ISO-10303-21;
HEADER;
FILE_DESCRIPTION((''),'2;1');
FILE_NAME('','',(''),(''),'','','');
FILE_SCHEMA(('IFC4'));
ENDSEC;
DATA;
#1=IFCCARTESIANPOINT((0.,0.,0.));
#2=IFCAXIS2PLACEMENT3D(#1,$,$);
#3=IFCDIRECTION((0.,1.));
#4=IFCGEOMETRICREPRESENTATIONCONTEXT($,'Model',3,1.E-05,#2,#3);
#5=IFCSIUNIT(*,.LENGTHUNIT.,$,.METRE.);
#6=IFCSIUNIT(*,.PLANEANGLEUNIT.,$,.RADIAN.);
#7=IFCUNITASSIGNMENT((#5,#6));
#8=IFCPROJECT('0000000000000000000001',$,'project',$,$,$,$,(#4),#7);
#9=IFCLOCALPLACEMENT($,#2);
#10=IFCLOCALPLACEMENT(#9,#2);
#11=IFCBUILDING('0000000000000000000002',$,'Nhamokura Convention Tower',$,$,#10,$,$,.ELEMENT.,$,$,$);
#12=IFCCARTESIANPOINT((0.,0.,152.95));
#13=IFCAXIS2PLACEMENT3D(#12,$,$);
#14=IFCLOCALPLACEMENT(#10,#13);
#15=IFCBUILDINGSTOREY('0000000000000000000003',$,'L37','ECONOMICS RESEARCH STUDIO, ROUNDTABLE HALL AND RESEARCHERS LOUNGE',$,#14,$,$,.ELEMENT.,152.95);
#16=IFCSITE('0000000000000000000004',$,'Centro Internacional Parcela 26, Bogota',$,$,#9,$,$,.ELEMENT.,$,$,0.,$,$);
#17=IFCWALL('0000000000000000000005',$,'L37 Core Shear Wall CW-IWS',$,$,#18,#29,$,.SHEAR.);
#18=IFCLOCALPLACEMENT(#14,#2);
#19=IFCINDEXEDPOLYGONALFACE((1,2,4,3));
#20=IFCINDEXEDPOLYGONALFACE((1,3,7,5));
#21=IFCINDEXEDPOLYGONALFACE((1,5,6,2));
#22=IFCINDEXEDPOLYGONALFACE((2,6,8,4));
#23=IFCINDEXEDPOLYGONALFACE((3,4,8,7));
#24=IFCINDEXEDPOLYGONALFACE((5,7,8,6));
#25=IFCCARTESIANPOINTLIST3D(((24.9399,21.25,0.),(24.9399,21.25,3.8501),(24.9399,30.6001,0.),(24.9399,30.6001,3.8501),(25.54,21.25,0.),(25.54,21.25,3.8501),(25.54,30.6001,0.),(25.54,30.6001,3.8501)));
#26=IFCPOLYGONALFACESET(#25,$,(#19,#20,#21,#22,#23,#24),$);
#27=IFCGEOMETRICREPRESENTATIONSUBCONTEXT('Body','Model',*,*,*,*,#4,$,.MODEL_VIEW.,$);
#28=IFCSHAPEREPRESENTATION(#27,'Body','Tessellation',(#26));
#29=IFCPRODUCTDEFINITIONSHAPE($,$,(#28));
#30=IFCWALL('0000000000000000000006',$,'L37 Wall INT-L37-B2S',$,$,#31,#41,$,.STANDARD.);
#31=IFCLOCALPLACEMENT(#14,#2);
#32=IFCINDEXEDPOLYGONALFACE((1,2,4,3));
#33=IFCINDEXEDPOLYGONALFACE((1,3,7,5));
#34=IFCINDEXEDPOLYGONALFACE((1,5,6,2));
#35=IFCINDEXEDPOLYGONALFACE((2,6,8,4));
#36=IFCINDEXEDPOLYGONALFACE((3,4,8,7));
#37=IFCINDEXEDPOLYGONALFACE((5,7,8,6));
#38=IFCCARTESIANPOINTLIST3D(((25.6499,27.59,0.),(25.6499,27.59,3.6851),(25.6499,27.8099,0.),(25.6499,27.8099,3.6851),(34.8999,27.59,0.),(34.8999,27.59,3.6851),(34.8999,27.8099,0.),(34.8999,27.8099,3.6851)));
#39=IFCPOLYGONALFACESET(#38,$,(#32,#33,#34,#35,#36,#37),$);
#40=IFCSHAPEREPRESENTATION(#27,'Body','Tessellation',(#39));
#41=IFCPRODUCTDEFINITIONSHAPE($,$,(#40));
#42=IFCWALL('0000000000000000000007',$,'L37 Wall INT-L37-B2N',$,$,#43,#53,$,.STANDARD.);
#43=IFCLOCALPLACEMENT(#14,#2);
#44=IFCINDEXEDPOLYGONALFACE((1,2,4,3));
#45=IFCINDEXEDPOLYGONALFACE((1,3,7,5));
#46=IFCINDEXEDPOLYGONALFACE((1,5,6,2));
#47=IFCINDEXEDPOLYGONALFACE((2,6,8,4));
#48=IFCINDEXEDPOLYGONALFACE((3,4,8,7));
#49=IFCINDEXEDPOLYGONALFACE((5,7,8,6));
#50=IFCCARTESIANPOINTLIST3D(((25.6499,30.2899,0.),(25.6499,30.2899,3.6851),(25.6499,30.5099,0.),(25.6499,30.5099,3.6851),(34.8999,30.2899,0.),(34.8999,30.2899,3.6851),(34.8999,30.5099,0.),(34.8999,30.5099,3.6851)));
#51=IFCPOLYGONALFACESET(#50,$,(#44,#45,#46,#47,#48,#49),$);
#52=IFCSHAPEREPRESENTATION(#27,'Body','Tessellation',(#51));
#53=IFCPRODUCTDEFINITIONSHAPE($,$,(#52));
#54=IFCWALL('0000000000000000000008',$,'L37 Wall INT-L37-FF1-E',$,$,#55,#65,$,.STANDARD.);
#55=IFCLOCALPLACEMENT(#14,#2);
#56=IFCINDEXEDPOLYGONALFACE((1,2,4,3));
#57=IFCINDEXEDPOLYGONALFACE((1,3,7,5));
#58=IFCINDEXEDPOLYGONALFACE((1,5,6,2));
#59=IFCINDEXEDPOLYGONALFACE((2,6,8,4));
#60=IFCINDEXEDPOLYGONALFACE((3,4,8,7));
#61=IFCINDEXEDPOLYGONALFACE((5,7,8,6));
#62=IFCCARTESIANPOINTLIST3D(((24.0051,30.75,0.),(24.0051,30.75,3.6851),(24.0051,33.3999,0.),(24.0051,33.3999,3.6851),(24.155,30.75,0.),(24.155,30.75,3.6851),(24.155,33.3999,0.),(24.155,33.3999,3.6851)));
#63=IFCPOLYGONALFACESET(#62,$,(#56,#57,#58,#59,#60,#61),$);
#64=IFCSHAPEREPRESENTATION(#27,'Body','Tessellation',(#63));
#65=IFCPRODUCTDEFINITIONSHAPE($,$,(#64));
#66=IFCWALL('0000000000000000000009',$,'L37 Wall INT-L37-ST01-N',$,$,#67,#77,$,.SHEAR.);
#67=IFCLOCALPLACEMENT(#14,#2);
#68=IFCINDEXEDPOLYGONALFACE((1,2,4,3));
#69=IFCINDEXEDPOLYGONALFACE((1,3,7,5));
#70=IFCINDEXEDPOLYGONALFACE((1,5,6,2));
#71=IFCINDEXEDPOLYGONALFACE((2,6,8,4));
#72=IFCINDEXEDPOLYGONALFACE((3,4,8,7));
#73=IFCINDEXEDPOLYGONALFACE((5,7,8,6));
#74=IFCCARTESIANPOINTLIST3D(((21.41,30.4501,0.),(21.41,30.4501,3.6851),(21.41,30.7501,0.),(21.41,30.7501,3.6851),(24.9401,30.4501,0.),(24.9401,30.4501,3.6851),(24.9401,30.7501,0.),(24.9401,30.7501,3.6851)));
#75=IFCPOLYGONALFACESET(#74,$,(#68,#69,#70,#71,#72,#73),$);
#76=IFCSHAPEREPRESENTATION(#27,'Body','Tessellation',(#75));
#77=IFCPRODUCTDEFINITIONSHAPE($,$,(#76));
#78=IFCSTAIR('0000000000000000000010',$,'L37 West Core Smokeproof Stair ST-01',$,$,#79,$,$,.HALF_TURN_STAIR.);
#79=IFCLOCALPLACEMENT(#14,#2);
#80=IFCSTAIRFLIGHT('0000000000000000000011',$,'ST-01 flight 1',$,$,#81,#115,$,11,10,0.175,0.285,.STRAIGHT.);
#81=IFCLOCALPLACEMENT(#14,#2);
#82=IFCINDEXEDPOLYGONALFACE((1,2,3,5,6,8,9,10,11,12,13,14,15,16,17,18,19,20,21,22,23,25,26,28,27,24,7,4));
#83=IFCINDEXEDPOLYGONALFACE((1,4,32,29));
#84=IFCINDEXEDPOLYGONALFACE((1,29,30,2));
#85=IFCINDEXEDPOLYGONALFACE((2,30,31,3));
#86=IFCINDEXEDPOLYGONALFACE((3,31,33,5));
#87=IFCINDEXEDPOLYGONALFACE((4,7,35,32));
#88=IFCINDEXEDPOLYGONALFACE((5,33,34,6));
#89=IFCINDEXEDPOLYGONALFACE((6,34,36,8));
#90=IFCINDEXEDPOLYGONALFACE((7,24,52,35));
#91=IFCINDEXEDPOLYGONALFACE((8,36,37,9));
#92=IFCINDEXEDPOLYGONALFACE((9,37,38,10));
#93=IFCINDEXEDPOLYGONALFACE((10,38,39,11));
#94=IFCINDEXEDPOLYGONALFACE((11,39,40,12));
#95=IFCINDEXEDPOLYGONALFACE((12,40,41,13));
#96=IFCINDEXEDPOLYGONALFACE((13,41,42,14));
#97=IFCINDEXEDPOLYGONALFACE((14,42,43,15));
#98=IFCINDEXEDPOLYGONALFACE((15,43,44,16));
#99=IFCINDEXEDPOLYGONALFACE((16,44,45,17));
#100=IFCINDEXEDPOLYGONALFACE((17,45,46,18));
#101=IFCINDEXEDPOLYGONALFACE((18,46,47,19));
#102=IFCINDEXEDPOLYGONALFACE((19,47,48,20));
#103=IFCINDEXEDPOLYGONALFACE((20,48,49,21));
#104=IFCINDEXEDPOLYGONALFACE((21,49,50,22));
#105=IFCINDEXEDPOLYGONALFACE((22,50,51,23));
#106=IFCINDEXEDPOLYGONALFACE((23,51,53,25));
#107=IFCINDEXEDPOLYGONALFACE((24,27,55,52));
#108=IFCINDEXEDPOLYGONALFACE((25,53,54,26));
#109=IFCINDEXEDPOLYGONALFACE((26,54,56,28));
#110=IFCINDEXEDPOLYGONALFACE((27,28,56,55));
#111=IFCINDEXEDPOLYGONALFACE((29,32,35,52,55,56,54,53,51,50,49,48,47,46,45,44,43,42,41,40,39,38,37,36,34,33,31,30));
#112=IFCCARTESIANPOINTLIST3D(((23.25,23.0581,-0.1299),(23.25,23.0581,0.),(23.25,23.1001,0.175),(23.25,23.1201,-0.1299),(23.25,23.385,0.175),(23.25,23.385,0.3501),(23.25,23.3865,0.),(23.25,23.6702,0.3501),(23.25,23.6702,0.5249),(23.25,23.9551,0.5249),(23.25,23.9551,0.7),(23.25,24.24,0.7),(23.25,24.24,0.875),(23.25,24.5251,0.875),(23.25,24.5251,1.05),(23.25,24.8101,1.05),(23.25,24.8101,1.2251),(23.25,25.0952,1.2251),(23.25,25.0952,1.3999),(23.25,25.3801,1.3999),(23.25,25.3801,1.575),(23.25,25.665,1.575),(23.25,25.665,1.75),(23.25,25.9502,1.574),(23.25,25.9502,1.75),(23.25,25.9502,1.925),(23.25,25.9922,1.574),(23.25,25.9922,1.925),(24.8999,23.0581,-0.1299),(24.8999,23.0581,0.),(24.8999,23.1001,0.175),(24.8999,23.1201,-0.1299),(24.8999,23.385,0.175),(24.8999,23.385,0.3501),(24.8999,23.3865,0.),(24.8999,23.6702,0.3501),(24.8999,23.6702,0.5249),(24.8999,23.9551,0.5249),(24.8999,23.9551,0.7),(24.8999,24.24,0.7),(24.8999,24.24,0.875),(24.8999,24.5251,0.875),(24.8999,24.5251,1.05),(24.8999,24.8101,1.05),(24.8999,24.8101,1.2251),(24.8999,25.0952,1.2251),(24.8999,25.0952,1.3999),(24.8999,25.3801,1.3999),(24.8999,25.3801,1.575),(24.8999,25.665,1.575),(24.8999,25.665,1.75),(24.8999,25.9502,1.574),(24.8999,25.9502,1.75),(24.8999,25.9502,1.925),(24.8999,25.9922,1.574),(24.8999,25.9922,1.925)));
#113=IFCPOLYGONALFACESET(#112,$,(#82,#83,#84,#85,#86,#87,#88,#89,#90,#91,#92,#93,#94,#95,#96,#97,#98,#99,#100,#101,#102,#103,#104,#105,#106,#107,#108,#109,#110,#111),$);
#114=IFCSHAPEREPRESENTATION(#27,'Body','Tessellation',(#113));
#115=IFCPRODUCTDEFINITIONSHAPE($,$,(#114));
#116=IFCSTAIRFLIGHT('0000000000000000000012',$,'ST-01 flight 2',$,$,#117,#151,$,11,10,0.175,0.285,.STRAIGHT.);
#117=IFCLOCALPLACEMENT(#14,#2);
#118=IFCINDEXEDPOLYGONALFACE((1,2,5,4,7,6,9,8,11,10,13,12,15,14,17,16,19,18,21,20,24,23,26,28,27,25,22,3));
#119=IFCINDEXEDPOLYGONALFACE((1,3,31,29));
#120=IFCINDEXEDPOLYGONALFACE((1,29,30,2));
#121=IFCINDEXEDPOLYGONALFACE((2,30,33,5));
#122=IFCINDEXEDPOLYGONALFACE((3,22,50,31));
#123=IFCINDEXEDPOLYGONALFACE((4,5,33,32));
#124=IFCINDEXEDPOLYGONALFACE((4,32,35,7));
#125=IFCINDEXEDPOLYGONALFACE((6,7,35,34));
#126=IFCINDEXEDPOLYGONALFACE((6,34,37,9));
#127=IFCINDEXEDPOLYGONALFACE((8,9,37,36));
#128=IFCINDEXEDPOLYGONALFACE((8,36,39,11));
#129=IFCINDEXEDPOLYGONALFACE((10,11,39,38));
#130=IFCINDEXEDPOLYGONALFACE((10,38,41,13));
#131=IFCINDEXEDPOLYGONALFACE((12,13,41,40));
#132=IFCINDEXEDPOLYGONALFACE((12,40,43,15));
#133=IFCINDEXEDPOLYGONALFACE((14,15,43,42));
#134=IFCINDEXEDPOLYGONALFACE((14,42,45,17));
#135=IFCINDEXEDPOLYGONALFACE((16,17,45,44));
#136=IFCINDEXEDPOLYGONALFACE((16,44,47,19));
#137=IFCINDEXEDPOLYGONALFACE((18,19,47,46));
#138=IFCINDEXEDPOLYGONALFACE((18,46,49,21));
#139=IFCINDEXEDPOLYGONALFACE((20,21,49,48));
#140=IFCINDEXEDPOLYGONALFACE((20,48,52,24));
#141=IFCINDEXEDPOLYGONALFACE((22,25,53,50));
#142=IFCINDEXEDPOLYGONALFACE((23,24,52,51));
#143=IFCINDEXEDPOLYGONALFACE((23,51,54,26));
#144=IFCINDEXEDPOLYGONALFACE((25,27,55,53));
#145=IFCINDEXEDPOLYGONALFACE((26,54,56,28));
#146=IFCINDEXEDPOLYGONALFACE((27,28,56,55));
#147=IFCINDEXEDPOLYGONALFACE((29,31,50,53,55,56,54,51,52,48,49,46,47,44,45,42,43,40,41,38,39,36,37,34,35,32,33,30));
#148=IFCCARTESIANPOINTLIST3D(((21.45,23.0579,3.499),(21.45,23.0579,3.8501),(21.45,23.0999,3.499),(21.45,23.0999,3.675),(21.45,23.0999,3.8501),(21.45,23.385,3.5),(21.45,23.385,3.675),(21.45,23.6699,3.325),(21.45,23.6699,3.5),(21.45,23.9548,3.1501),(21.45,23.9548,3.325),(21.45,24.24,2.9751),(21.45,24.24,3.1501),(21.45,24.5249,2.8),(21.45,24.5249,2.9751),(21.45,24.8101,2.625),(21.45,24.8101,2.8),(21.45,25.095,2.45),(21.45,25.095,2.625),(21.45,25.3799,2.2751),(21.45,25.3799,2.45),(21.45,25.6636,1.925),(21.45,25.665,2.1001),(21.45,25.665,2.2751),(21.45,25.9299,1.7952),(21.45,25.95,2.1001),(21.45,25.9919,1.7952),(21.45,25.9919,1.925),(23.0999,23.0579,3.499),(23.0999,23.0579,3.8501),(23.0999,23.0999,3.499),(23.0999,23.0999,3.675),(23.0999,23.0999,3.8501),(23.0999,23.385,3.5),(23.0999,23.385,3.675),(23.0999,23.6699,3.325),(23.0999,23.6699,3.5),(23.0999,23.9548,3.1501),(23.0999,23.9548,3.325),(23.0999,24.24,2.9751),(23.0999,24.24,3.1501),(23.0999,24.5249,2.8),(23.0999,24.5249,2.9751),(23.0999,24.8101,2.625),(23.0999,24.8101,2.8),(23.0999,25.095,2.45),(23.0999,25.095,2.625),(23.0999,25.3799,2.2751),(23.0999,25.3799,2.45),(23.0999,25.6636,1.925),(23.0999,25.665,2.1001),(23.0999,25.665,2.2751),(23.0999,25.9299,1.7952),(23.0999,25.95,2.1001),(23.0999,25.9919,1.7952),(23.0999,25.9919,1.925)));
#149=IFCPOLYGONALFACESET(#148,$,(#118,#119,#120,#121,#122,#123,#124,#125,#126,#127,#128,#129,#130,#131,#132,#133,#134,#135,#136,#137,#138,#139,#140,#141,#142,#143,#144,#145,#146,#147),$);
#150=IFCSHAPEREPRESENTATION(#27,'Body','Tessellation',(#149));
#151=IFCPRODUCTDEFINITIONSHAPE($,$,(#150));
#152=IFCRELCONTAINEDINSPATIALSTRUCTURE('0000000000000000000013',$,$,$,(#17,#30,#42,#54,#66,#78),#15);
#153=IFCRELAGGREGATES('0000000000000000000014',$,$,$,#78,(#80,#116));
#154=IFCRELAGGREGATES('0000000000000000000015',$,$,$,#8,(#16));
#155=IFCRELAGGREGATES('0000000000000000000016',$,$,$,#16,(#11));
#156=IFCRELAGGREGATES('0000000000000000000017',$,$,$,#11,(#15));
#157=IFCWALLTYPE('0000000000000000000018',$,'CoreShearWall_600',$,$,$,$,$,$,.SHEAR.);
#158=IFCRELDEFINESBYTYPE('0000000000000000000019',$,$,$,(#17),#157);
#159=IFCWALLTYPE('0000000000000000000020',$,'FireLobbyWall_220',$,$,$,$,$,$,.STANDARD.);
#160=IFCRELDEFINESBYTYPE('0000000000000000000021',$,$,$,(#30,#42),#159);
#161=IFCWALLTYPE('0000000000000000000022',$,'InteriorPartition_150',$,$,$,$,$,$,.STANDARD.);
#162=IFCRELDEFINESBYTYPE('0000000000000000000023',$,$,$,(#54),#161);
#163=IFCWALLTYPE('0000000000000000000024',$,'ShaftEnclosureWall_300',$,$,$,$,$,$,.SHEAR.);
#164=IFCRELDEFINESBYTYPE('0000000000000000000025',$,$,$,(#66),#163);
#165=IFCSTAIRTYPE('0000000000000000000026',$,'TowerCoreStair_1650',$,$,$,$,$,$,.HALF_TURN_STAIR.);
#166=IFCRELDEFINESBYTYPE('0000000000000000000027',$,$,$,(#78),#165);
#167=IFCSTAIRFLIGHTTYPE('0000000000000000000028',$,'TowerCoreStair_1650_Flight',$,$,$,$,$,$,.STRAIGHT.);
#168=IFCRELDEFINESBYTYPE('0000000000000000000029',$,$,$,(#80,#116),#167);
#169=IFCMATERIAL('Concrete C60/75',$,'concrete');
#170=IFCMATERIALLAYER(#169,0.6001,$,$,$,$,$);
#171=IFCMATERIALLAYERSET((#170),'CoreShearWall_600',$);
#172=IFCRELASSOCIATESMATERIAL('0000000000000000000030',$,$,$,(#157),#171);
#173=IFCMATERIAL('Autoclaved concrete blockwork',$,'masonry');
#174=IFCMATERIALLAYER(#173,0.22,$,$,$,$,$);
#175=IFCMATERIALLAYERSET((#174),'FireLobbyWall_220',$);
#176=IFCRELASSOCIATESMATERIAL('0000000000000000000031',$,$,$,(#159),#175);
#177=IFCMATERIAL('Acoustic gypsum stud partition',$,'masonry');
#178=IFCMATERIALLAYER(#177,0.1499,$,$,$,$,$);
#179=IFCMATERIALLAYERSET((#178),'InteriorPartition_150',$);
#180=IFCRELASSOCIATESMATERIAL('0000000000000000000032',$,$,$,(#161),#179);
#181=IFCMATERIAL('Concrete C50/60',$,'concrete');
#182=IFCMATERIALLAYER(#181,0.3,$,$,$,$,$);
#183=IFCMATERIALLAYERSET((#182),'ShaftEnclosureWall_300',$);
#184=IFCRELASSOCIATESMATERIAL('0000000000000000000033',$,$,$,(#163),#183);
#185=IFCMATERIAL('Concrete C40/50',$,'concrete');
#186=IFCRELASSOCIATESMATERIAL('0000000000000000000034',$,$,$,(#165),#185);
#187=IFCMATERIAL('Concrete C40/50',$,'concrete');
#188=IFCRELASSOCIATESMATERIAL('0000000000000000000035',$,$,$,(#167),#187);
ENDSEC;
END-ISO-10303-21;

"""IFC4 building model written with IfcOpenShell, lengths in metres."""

from ifc_helpers import new_model, si_unit, direction, frame, frame_2d, origin, place, context, subcontext, project, spatial, polyline, rectangle, outline, extrude, material, layer, layer_set, type_object, element, aggregate, save


model = new_model("IFC4")

# Units and contexts
model_context = context("Model", 3, precision=1e-05, world=origin(), true_north=direction((0.0, 1.0)))
body_context = subcontext(model_context, "Body", "Model", "MODEL_VIEW")
ifc_project = project(units=[si_unit("LENGTHUNIT", "METRE"), si_unit("PLANEANGLEUNIT", "RADIAN")], contexts=[model_context])

# Site, building, storey
site_placement = place(None, origin())
site = spatial("IfcSite", under=ifc_project, at=site_placement, Name="Centro Internacional Parcela 26, Bogota", CompositionType="ELEMENT", RefElevation=0.0)
building_placement = place(site_placement, origin())
building = spatial("IfcBuilding", under=site, at=building_placement, Name="Nhamokura Convention Tower", CompositionType="ELEMENT")
storey_placement = place(building_placement, frame((0.0, 0.0, 152.95)))
storey = spatial("IfcBuildingStorey", under=building, at=storey_placement, Name="L37", Description="ECONOMICS RESEARCH STUDIO, ROUNDTABLE HALL AND RESEARCHERS LOUNGE", CompositionType="ELEMENT", Elevation=152.95)

# Wall
ifc_material_1 = material(Name="Concrete C60/75", Category="concrete")
ifc_layer_1 = layer(ifc_material_1, 0.6001)
ifc_layer_set_1 = layer_set([ifc_layer_1], Name="CoreShearWall_600")
wall_type_1 = type_object("IfcWallType", Name="CoreShearWall_600", PredefinedType="SHEAR", material=ifc_layer_set_1)
wall_1_placement = place(storey_placement, frame((25.24, 21.25, 0.0), z_axis=(0.0, 0.0, 1.0), x_axis=(0.0, 1.0, 0.0)))
element("IfcWall", 1, at=wall_1_placement, inside=storey, type_object=wall_type_1, Name="L37 Core Shear Wall CW-IWS", PredefinedType="SHEAR", context=body_context, shape_type="SweptSolid", body=[
    extrude(rectangle(XDim=9.3501, YDim=0.6001, at=frame_2d((4.675, 0.0))), origin(), (0.0, 0.0, 1.0), 3.8501),
])

# Shared definitions
ifc_material_2 = material(Name="Autoclaved concrete blockwork", Category="masonry")
ifc_layer_2 = layer(ifc_material_2, 0.22)
ifc_layer_set_2 = layer_set([ifc_layer_2], Name="FireLobbyWall_220")
wall_type_2 = type_object("IfcWallType", Name="FireLobbyWall_220", PredefinedType="STANDARD", material=ifc_layer_set_2)

# Walls
for number, where, z_axis, x_axis, name in (
    (2, (25.6499, 27.7, 0.0), (0.0, 0.0, 1.0), (1.0, 0.0, 0.0), "L37 Wall INT-L37-B2S"),
    (3, (25.6499, 30.3999, 0.0), (0.0, 0.0, 1.0), (1.0, 0.0, 0.0), "L37 Wall INT-L37-B2N"),
):
    element("IfcWall", number, at=place(storey_placement, frame(where, z_axis=z_axis, x_axis=x_axis)), inside=storey, type_object=wall_type_2, Name=name, PredefinedType="STANDARD", context=body_context, shape_type="SweptSolid", body=[
        extrude(rectangle(XDim=9.25, YDim=0.22, at=frame_2d((4.625, 0.0))), origin(), (0.0, 0.0, 1.0), 3.6851),
    ])
ifc_material_3 = material(Name="Acoustic gypsum stud partition", Category="masonry")
ifc_layer_3 = layer(ifc_material_3, 0.1499)
ifc_layer_set_3 = layer_set([ifc_layer_3], Name="InteriorPartition_150")
wall_type_3 = type_object("IfcWallType", Name="InteriorPartition_150", PredefinedType="STANDARD", material=ifc_layer_set_3)
wall_2_placement = place(storey_placement, frame((24.0801, 30.75, 0.0), z_axis=(0.0, 0.0, 1.0), x_axis=(0.0, 1.0, 0.0)))
element("IfcWall", 4, at=wall_2_placement, inside=storey, type_object=wall_type_3, Name="L37 Wall INT-L37-FF1-E", PredefinedType="STANDARD", context=body_context, shape_type="SweptSolid", body=[
    extrude(rectangle(XDim=2.6499, YDim=0.1499, at=frame_2d((1.325, 0.0))), origin(), (0.0, 0.0, 1.0), 3.6851),
])
ifc_material_4 = material(Name="Concrete C50/60", Category="concrete")
ifc_layer_4 = layer(ifc_material_4, 0.3)
ifc_layer_set_4 = layer_set([ifc_layer_4], Name="ShaftEnclosureWall_300")
wall_type_4 = type_object("IfcWallType", Name="ShaftEnclosureWall_300", PredefinedType="SHEAR", material=ifc_layer_set_4)
wall_3_placement = place(storey_placement, frame((21.4099, 30.6001, 0.0), z_axis=(0.0, 0.0, 1.0), x_axis=(1.0, 0.0, 0.0)))
element("IfcWall", 5, at=wall_3_placement, inside=storey, type_object=wall_type_4, Name="L37 Wall INT-L37-ST01-N", PredefinedType="SHEAR", context=body_context, shape_type="SweptSolid", body=[
    extrude(rectangle(XDim=3.53, YDim=0.3, at=frame_2d((1.7651, 0.0))), origin(), (0.0, 0.0, 1.0), 3.6851),
])

# Stair, stair flights
ifc_material_5 = material(Name="Concrete C40/50", Category="concrete")
stair_type = type_object("IfcStairType", Name="TowerCoreStair_1650", PredefinedType="HALF_TURN_STAIR", material=ifc_material_5)
stair_placement = place(storey_placement, origin())
stair = element("IfcStair", 6, at=stair_placement, inside=storey, type_object=stair_type, Name="L37 West Core Smokeproof Stair ST-01", PredefinedType="HALF_TURN_STAIR")
ifc_material_6 = material(Name="Concrete C40/50", Category="concrete")
stair_flight_type = type_object("IfcStairFlightType", Name="TowerCoreStair_1650_Flight", PredefinedType="STRAIGHT", material=ifc_material_6)
stair_flight_1_placement = place(storey_placement, frame((24.075, 23.1001, 0.0), z_axis=(0.0, 0.0, 1.0), x_axis=(0.0, 1.0, 0.0)))
stair_flight_1 = element("IfcStairFlight", 7, at=stair_flight_1_placement, type_object=stair_flight_type, Name="ST-01 flight 1", NumberOfRisers=11, NumberOfTreads=10, PredefinedType="STRAIGHT", RiserHeight=0.175, TreadLength=0.285, context=body_context, shape_type="SweptSolid", body=[
    extrude(outline(polyline([(-0.042, 0.0), (0.0, 0.175), (0.2849, 0.175), (0.2849, 0.3501), (0.5701, 0.3501), (0.5701, 0.5249), (0.855, 0.5249), (0.855, 0.7), (1.1399, 0.7), (1.1399, 0.875), (1.425, 0.875), (1.425, 1.05), (1.71, 1.05), (1.71, 1.2251), (1.9951, 1.2251), (1.9951, 1.3999), (2.28, 1.3999), (2.28, 1.575), (2.5649, 1.575), (2.5649, 1.75), (2.8501, 1.75), (2.8501, 1.925), (2.8921, 1.925), (2.8921, 1.574), (2.8501, 1.574), (0.2864, 0.0), (0.02, -0.1299), (-0.042, -0.1299), (-0.042, 0.0)])), frame((0.0, 0.825, 0.0), z_axis=(0.0, -1.0, 0.0), x_axis=(1.0, 0.0, 0.0)), (0.0, 0.0, 1.0), 1.6499),
])
stair_flight_2_placement = place(storey_placement, frame((22.2749, 25.95, 1.925), z_axis=(0.0, 0.0, 1.0), x_axis=(0.0, -1.0, 0.0)))
stair_flight_2 = element("IfcStairFlight", 8, at=stair_flight_2_placement, type_object=stair_flight_type, Name="ST-01 flight 2", NumberOfRisers=11, NumberOfTreads=10, PredefinedType="STRAIGHT", RiserHeight=0.175, TreadLength=0.285, context=body_context, shape_type="SweptSolid", body=[
    extrude(outline(polyline([(-0.042, 0.0), (0.0, 0.175), (0.2849, 0.175), (0.2849, 0.3501), (0.5701, 0.3501), (0.5701, 0.5249), (0.855, 0.5249), (0.855, 0.7), (1.1399, 0.7), (1.1399, 0.875), (1.425, 0.875), (1.425, 1.05), (1.71, 1.05), (1.71, 1.2251), (1.9951, 1.2251), (1.9951, 1.3999), (2.28, 1.3999), (2.28, 1.575), (2.5649, 1.575), (2.5649, 1.75), (2.8501, 1.75), (2.8501, 1.925), (2.8921, 1.925), (2.8921, 1.574), (2.8501, 1.574), (0.2864, 0.0), (0.02, -0.1299), (-0.042, -0.1299), (-0.042, 0.0)])), frame((0.0, 0.825, 0.0), z_axis=(0.0, -1.0, 0.0), x_axis=(1.0, 0.0, 0.0)), (0.0, 0.0, 1.0), 1.6499),
])
aggregate(stair, [stair_flight_1, stair_flight_2])

save(model, "model.ifc")
